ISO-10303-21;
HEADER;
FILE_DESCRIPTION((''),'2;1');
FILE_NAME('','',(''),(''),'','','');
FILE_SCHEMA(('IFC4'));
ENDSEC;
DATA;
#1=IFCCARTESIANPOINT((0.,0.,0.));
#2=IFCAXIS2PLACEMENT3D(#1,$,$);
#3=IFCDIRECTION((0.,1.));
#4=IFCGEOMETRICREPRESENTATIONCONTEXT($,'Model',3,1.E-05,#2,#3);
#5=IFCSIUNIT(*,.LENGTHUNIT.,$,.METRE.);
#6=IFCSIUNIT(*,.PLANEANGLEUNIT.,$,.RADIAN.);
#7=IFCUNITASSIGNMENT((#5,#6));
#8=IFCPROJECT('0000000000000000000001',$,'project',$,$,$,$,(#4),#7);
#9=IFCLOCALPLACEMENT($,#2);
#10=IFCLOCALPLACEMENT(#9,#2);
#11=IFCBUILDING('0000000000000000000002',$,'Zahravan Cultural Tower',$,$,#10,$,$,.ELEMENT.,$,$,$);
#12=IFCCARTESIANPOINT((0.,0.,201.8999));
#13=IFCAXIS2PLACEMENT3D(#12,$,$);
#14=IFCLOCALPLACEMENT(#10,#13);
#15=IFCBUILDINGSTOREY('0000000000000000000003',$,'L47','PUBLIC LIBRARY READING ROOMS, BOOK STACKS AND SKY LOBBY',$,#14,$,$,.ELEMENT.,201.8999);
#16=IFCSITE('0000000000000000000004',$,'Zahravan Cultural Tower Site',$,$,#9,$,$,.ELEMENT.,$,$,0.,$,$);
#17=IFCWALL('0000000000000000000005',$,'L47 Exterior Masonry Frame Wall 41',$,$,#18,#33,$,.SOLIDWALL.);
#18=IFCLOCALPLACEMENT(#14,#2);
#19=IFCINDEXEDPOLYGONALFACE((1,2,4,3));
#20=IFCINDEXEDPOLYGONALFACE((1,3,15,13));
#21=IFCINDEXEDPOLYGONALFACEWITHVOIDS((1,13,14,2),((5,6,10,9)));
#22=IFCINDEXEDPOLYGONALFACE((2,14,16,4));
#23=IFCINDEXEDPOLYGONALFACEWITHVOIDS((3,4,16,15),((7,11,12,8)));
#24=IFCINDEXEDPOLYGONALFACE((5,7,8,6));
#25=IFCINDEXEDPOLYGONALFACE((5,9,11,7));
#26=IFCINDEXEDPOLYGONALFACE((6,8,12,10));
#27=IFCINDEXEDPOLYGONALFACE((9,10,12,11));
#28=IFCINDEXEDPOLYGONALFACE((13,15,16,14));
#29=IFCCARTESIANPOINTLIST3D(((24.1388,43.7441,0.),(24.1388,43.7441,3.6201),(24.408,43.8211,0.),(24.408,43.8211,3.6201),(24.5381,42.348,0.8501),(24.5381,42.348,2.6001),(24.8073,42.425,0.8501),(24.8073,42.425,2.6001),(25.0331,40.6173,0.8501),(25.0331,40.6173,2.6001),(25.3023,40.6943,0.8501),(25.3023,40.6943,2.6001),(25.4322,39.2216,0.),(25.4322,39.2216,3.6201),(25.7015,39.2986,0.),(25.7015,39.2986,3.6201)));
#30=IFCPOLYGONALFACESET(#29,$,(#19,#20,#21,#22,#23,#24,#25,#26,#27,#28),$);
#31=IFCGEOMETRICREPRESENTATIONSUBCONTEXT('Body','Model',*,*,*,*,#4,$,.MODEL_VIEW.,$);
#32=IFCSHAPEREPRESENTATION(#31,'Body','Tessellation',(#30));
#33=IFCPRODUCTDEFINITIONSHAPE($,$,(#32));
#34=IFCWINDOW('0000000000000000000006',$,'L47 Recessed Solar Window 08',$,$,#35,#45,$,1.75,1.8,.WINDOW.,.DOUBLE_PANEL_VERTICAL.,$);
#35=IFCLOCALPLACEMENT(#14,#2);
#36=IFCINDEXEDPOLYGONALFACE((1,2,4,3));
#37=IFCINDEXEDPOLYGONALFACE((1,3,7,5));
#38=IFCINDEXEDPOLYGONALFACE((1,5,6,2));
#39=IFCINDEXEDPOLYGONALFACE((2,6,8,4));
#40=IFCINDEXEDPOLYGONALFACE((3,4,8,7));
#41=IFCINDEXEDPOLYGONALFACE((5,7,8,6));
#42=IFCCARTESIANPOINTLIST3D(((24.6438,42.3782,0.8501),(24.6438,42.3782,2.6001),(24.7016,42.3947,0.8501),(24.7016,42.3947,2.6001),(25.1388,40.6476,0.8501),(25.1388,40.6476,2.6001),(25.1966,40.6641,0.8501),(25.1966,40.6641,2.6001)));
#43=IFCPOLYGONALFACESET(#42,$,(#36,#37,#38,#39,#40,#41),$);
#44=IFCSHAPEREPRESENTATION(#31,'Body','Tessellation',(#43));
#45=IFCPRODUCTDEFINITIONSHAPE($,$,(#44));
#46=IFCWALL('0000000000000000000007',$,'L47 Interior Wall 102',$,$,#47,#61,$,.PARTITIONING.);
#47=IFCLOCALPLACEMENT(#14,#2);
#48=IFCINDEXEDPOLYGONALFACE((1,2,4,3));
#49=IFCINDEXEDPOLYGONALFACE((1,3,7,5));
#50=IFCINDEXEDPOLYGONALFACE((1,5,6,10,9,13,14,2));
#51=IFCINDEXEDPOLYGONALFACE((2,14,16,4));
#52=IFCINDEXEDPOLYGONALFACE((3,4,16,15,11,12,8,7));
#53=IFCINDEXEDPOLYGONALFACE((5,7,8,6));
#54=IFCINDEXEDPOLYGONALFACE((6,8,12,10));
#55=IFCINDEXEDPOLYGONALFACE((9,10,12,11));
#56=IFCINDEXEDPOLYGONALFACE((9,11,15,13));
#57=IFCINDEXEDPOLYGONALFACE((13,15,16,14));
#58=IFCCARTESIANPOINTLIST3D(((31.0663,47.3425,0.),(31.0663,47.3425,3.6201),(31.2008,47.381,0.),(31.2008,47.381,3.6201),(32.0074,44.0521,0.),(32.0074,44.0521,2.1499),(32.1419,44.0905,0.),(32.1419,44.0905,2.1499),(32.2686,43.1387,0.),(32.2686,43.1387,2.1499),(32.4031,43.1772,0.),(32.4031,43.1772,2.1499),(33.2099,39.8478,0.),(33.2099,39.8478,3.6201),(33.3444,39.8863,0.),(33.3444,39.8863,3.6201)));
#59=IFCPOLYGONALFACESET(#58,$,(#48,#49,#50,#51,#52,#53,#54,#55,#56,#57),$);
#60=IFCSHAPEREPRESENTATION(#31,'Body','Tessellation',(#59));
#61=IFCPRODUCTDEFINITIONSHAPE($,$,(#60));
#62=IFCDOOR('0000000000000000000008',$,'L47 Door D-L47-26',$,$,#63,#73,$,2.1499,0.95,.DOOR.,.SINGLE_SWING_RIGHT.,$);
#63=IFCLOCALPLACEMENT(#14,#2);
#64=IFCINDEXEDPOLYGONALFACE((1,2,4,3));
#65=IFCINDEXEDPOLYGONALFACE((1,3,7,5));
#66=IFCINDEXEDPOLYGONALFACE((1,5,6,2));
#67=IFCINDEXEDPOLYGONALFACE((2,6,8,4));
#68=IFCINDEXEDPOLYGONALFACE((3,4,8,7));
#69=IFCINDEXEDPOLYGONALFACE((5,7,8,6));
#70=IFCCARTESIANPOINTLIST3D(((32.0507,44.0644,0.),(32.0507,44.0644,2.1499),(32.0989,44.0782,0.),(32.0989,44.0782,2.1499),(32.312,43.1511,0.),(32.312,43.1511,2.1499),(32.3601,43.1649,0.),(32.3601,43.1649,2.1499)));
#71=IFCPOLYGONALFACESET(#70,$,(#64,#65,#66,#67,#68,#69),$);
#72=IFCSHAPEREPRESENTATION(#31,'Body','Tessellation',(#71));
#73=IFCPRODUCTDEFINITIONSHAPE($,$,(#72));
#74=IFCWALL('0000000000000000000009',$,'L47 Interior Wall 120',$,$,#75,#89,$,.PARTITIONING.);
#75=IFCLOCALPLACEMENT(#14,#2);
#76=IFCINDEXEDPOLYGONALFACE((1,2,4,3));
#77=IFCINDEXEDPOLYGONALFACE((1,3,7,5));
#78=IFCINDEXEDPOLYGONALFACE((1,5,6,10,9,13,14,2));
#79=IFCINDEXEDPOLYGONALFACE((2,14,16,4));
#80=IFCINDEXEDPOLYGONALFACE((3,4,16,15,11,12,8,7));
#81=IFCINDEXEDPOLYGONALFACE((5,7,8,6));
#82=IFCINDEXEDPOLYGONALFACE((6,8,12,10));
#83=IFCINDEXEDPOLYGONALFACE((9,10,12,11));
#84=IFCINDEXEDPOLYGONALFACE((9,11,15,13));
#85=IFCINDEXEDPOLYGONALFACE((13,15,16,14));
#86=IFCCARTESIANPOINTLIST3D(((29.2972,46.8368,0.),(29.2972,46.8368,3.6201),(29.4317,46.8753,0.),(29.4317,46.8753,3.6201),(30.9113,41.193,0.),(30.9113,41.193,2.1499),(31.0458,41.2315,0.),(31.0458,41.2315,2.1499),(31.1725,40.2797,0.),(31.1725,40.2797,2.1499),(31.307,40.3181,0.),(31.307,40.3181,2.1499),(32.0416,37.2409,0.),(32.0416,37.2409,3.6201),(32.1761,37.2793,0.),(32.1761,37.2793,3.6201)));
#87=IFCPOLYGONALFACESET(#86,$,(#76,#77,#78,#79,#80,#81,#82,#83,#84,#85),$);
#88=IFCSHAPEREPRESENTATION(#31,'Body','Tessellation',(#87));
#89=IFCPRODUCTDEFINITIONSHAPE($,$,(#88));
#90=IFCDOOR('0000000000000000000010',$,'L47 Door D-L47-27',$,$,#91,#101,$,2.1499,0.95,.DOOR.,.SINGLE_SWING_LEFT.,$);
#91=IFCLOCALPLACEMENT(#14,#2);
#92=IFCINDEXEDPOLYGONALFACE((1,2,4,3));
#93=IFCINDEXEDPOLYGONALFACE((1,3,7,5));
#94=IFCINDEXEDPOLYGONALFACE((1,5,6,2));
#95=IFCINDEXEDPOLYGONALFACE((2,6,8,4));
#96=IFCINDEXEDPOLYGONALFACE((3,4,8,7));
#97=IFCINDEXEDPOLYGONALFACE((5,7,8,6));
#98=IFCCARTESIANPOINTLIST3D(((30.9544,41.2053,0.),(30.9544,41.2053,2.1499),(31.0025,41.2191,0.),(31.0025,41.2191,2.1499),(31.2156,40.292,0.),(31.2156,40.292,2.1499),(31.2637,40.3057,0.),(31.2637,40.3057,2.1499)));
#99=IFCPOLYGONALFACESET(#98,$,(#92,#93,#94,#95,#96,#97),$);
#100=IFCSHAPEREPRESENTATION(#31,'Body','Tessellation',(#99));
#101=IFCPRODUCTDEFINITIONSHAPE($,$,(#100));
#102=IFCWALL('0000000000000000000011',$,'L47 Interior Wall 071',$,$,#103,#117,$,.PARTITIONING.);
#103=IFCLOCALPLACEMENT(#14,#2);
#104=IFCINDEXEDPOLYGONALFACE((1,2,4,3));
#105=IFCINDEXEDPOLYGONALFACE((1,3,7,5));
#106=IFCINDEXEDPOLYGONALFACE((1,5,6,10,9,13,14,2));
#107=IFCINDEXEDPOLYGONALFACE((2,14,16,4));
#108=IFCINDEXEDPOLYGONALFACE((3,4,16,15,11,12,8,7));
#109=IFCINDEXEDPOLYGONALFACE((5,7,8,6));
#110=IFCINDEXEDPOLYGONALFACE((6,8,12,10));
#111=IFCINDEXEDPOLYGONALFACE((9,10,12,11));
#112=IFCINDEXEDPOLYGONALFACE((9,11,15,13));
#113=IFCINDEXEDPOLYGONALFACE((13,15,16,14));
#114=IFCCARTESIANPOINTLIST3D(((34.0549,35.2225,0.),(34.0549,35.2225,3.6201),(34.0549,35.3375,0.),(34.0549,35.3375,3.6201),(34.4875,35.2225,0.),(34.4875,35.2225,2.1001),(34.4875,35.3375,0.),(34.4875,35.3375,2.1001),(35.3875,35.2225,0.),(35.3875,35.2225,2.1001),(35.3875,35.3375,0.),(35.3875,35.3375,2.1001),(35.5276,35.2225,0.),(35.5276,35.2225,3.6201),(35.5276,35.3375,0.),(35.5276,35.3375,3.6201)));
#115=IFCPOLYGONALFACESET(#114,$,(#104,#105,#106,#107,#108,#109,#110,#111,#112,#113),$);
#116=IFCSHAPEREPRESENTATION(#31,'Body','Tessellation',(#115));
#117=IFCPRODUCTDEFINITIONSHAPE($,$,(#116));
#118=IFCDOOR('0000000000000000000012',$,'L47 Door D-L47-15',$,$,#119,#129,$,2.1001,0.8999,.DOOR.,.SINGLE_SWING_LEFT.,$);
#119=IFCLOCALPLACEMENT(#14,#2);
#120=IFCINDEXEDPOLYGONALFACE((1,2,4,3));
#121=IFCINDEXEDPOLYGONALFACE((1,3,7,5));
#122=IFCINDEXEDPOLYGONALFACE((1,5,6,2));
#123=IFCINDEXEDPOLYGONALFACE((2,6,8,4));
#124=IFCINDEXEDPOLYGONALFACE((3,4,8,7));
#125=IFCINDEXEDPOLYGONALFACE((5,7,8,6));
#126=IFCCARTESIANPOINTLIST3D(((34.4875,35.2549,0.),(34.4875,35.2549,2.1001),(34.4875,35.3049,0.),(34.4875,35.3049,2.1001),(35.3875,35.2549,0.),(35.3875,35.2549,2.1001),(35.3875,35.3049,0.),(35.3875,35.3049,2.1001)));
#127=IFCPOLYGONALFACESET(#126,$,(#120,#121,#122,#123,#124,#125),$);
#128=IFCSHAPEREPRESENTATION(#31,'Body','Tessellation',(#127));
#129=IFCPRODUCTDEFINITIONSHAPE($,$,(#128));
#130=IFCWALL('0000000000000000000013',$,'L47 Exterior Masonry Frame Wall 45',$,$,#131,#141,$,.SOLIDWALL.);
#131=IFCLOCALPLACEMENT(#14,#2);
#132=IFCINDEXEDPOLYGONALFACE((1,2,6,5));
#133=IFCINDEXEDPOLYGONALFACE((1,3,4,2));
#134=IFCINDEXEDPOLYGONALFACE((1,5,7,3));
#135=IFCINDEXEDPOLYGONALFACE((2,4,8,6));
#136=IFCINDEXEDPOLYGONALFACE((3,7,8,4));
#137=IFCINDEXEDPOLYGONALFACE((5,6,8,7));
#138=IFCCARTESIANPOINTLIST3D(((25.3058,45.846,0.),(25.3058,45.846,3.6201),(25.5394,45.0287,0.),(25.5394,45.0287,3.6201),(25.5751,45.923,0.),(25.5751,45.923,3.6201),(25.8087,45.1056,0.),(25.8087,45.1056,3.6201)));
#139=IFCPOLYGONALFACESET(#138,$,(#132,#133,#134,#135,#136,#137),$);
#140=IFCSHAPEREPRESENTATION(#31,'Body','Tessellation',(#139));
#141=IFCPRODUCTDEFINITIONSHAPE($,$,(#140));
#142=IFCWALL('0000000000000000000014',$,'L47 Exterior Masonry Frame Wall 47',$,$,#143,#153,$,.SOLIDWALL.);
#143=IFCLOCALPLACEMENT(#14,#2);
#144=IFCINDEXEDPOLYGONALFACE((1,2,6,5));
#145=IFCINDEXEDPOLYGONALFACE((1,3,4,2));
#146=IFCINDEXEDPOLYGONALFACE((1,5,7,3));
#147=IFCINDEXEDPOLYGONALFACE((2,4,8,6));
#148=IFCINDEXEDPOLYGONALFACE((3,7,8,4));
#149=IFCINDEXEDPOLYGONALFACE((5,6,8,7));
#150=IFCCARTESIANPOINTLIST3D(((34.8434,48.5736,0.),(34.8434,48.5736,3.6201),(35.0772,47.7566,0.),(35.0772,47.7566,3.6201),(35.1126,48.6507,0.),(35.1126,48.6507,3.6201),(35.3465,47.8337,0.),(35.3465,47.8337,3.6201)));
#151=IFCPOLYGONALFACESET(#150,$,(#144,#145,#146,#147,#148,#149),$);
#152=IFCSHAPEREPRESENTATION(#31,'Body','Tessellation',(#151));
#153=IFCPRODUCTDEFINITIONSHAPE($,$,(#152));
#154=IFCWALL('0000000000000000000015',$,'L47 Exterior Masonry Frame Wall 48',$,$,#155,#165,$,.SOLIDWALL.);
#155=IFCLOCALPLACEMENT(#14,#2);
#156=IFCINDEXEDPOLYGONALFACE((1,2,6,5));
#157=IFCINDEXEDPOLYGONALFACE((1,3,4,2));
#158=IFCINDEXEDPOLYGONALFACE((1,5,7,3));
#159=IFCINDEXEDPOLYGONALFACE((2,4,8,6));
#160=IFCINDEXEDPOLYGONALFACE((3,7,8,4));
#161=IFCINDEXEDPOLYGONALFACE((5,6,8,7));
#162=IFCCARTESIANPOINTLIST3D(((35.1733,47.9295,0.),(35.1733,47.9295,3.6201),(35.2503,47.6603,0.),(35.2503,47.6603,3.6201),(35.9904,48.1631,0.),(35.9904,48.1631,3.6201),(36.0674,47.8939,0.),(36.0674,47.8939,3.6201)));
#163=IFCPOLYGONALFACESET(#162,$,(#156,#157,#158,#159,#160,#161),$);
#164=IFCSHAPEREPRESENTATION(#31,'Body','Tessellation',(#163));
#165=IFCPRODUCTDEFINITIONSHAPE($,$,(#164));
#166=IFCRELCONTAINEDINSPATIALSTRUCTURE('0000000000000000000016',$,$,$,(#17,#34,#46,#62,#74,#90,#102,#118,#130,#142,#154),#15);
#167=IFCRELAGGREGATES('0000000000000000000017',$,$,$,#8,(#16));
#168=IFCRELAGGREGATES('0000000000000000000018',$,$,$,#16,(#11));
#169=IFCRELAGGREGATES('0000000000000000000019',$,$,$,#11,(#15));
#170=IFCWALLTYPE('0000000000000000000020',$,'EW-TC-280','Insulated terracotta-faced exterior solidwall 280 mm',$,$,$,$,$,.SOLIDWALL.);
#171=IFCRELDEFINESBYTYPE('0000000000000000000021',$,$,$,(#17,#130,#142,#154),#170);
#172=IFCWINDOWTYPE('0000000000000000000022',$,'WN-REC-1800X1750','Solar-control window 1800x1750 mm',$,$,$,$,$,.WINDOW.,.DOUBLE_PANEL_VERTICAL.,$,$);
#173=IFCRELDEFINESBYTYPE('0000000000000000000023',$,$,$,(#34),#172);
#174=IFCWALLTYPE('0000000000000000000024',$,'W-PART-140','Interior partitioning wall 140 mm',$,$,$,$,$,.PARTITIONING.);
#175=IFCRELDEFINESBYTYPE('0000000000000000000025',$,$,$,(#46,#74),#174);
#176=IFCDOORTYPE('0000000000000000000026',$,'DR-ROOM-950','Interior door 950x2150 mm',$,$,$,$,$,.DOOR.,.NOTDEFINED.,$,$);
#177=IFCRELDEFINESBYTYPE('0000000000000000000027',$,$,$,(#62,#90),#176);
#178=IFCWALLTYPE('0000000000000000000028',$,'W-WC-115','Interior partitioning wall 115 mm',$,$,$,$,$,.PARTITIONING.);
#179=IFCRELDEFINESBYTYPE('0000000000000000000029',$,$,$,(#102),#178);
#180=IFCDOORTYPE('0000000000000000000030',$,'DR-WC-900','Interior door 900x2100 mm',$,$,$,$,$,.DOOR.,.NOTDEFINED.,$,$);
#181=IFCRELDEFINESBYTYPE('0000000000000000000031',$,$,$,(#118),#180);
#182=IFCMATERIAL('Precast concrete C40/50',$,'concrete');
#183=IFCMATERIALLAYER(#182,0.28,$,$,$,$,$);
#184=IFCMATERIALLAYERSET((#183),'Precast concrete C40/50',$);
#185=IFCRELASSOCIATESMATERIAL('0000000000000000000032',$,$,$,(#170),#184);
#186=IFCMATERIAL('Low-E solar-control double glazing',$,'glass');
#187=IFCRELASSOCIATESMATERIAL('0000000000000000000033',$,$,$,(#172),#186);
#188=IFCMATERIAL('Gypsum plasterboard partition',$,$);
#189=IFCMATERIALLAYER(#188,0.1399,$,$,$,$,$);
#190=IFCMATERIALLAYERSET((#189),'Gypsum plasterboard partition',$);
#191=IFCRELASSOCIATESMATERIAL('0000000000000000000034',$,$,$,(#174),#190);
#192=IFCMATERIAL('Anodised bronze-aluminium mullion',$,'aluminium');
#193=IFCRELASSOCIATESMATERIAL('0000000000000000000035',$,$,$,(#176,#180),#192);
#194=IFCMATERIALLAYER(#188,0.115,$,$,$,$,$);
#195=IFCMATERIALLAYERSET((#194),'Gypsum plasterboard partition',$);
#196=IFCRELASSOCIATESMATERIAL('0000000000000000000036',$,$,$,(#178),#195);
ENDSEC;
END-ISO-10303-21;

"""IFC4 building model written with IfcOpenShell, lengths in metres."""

from ifc_helpers import new_model, si_unit, direction, frame, frame_2d, origin, place, context, subcontext, project, spatial, rectangle, extrude, source, transform, mapped, material, layer, layer_set, type_object, element, fill, save


model = new_model("IFC4")

# Units and contexts
model_context = context("Model", 3, precision=1e-05, world=origin(), true_north=direction((0.0, 1.0)))
body_context = subcontext(model_context, "Body", "Model", "MODEL_VIEW")
ifc_project = project(units=[si_unit("LENGTHUNIT", "METRE"), si_unit("PLANEANGLEUNIT", "RADIAN")], contexts=[model_context])

# Site, building, storey
site_placement = place(None, origin())
site = spatial("IfcSite", under=ifc_project, at=site_placement, Name="Zahravan Cultural Tower Site", CompositionType="ELEMENT", RefElevation=0.0)
building_placement = place(site_placement, origin())
building = spatial("IfcBuilding", under=site, at=building_placement, Name="Zahravan Cultural Tower", CompositionType="ELEMENT")
storey_placement = place(building_placement, frame((0.0, 0.0, 201.8999)))
storey = spatial("IfcBuildingStorey", under=building, at=storey_placement, Name="L47", Description="PUBLIC LIBRARY READING ROOMS, BOOK STACKS AND SKY LOBBY", CompositionType="ELEMENT", Elevation=201.8999)

# Wall, opening, window
ifc_material_1 = material(Name="Precast concrete C40/50", Category="concrete")
ifc_layer_1 = layer(ifc_material_1, 0.28)
ifc_layer_set_1 = layer_set([ifc_layer_1], Name="Precast concrete C40/50")
wall_type_1 = type_object("IfcWallType", Name="EW-TC-280", Description="Insulated terracotta-faced exterior solidwall 280 mm", PredefinedType="SOLIDWALL", material=ifc_layer_set_1)
wall_1_placement = place(storey_placement, frame((25.5669, 39.26, 0.0), z_axis=(0.0, 0.0, 1.0), x_axis=(-0.274982, 0.961449, 0.0)))
wall_1 = element("IfcWall", 1, at=wall_1_placement, inside=storey, type_object=wall_type_1, Name="L47 Exterior Masonry Frame Wall 41", PredefinedType="SOLIDWALL", context=body_context, shape_type="SweptSolid", body=[
    extrude(rectangle(XDim=4.7039, YDim=0.28, at=frame_2d((2.3521, 0.0))), origin(), (0.0, 0.0, 1.0), 3.6201),
])
opening_1_placement = place(wall_1_placement, frame((1.4519, 0.0, 0.8501)))
opening_1 = element("IfcOpeningElement", 2, at=opening_1_placement, cuts=wall_1, PredefinedType="OPENING", context=body_context, shape_type="SweptSolid", body=[
    extrude(rectangle(XDim=1.8, YDim=1.75, at=frame_2d((0.8999, 0.875))), frame((0.0, 0.1499, 0.0), z_axis=(0.0, -1.0, 0.0), x_axis=(1.0, 0.0, 0.0)), (0.0, 0.0, 1.0), 0.3),
])
ifc_material_2 = material(Name="Low-E solar-control double glazing", Category="glass")
window_type = type_object("IfcWindowType", Name="WN-REC-1800X1750", Description="Solar-control window 1800x1750 mm", PartitioningType="DOUBLE_PANEL_VERTICAL", PredefinedType="WINDOW", material=ifc_material_2)
shared_shape_1 = source(origin(), body_context, "Body", "SweptSolid", [
    extrude(rectangle(XDim=1.8, YDim=1.75, at=frame_2d((0.8999, 0.875))), frame((0.0, 0.03, 0.0), z_axis=(0.0, -1.0, 0.0), x_axis=(1.0, 0.0, 0.0)), (0.0, 0.0, 1.0), 0.0601),
])
window_placement = place(opening_1_placement, origin())
window = element("IfcWindow", 3, at=window_placement, inside=storey, type_object=window_type, Name="L47 Recessed Solar Window 08", OverallHeight=1.75, OverallWidth=1.8, PartitioningType="DOUBLE_PANEL_VERTICAL", PredefinedType="WINDOW", context=body_context, shape_type="MappedRepresentation", body=[
    mapped(shared_shape_1, transform((0.0, 0.0, 0.0), x_axis=(1.0, 0.0, 0.0), y_axis=(0.0, 1.0, 0.0), z_axis=(0.0, 0.0, 1.0), scale=1.0)),
])
fill(opening_1, window)

# Walls, openings, doors
ifc_material_3 = material(Name="Gypsum plasterboard partition")
ifc_layer_2 = layer(ifc_material_3, 0.1399)
ifc_layer_set_2 = layer_set([ifc_layer_2], Name="Gypsum plasterboard partition")
wall_type_2 = type_object("IfcWallType", Name="W-PART-140", Description="Interior partitioning wall 140 mm", PredefinedType="PARTITIONING", material=ifc_layer_set_2)
wall_2_placement = place(storey_placement, frame((33.2771, 39.8672, 0.0), z_axis=(0.0, 0.0, 1.0), x_axis=(-0.274986, 0.961448, 0.0)))
wall_2 = element("IfcWall", 4, at=wall_2_placement, inside=storey, type_object=wall_type_2, Name="L47 Interior Wall 102", PredefinedType="PARTITIONING", context=body_context, shape_type="SweptSolid", body=[
    extrude(rectangle(XDim=7.7952, YDim=0.1399, at=frame_2d((3.8975, 0.0))), origin(), (0.0, 0.0, 1.0), 3.6201),
])
opening_2_placement = place(wall_2_placement, frame((3.4226, 0.0, 0.0)))
opening_2 = element("IfcOpeningElement", 5, at=opening_2_placement, cuts=wall_2, PredefinedType="OPENING", context=body_context, shape_type="SweptSolid", body=[
    extrude(rectangle(XDim=0.95, YDim=2.1499, at=frame_2d((0.4751, 1.075))), frame((0.0, 0.0798, 0.0), z_axis=(0.0, -1.0, 0.0), x_axis=(1.0, 0.0, 0.0)), (0.0, 0.0, 1.0), 0.1599),
])
ifc_material_4 = material(Name="Anodised bronze-aluminium mullion", Category="aluminium")
door_type_1 = type_object("IfcDoorType", Name="DR-ROOM-950", Description="Interior door 950x2150 mm", OperationType="NOTDEFINED", PredefinedType="DOOR", material=ifc_material_4)
shared_shape_2 = source(origin(), body_context, "Body", "SweptSolid", [
    extrude(rectangle(XDim=0.95, YDim=2.1499, at=frame_2d((0.4751, 1.075))), frame((0.0, 0.0249, 0.0), z_axis=(0.0, -1.0, 0.0), x_axis=(1.0, 0.0, 0.0)), (0.0, 0.0, 1.0), 0.05),
])
door_1_placement = place(opening_2_placement, origin())
door_1 = element("IfcDoor", 6, at=door_1_placement, inside=storey, type_object=door_type_1, Name="L47 Door D-L47-26", OperationType="SINGLE_SWING_RIGHT", OverallHeight=2.1499, OverallWidth=0.95, PredefinedType="DOOR", context=body_context, shape_type="MappedRepresentation", body=[
    mapped(shared_shape_2, transform((0.0, 0.0, 0.0), x_axis=(1.0, 0.0, 0.0), y_axis=(0.0, 1.0, 0.0), z_axis=(0.0, 0.0, 1.0), scale=1.0)),
])
fill(opening_2, door_1)
wall_3_placement = place(storey_placement, frame((29.3645, 46.856, 0.0), z_axis=(0.0, 0.0, 1.0), x_axis=(0.27497, -0.961453, 0.0)))
wall_3 = element("IfcWall", 7, at=wall_3_placement, inside=storey, type_object=wall_type_2, Name="L47 Interior Wall 120", PredefinedType="PARTITIONING", context=body_context, shape_type="SweptSolid", body=[
    extrude(rectangle(XDim=9.9807, YDim=0.1399, at=frame_2d((4.9902, 0.0))), origin(), (0.0, 0.0, 1.0), 3.6201),
])
opening_3_placement = place(wall_3_placement, frame((5.8699, 0.0, 0.0)))
opening_3 = element("IfcOpeningElement", 8, at=opening_3_placement, cuts=wall_3, PredefinedType="OPENING", context=body_context, shape_type="SweptSolid", body=[
    extrude(rectangle(XDim=0.95, YDim=2.1499, at=frame_2d((0.4751, 1.075))), frame((0.0, 0.0798, 0.0), z_axis=(0.0, -1.0, 0.0), x_axis=(1.0, 0.0, 0.0)), (0.0, 0.0, 1.0), 0.1599),
])
door_2_placement = place(opening_3_placement, origin())
door_2 = element("IfcDoor", 9, at=door_2_placement, inside=storey, type_object=door_type_1, Name="L47 Door D-L47-27", OperationType="SINGLE_SWING_LEFT", OverallHeight=2.1499, OverallWidth=0.95, PredefinedType="DOOR", context=body_context, shape_type="MappedRepresentation", body=[
    mapped(shared_shape_2, transform((0.0, 0.0, 0.0), x_axis=(1.0, 0.0, 0.0), y_axis=(0.0, 1.0, 0.0), z_axis=(0.0, 0.0, 1.0), scale=1.0)),
])
fill(opening_3, door_2)
ifc_layer_3 = layer(ifc_material_3, 0.115)
ifc_layer_set_3 = layer_set([ifc_layer_3], Name="Gypsum plasterboard partition")
wall_type_3 = type_object("IfcWallType", Name="W-WC-115", Description="Interior partitioning wall 115 mm", PredefinedType="PARTITIONING", material=ifc_layer_set_3)
wall_4_placement = place(storey_placement, frame((34.0549, 35.28, 0.0), z_axis=(0.0, 0.0, 1.0), x_axis=(1.0, 0.0, 0.0)))
wall_4 = element("IfcWall", 10, at=wall_4_placement, inside=storey, type_object=wall_type_3, Name="L47 Interior Wall 071", PredefinedType="PARTITIONING", context=body_context, shape_type="SweptSolid", body=[
    extrude(rectangle(XDim=1.4727, YDim=0.115, at=frame_2d((0.7363, 0.0))), origin(), (0.0, 0.0, 1.0), 3.6201),
])
opening_4_placement = place(wall_4_placement, frame((0.4326, 0.0, 0.0)))
opening_4 = element("IfcOpeningElement", 11, at=opening_4_placement, cuts=wall_4, PredefinedType="OPENING", context=body_context, shape_type="SweptSolid", body=[
    extrude(rectangle(XDim=0.8999, YDim=2.1001, at=frame_2d((0.45, 1.05))), frame((0.0, 0.0674, 0.0), z_axis=(0.0, -1.0, 0.0), x_axis=(1.0, 0.0, 0.0)), (0.0, 0.0, 1.0), 0.135),
])
door_type_2 = type_object("IfcDoorType", Name="DR-WC-900", Description="Interior door 900x2100 mm", OperationType="NOTDEFINED", PredefinedType="DOOR", material=ifc_material_4)
shared_shape_3 = source(origin(), body_context, "Body", "SweptSolid", [
    extrude(rectangle(XDim=0.8999, YDim=2.1001, at=frame_2d((0.45, 1.05))), frame((0.0, 0.0249, 0.0), z_axis=(0.0, -1.0, 0.0), x_axis=(1.0, 0.0, 0.0)), (0.0, 0.0, 1.0), 0.05),
])
door_3_placement = place(opening_4_placement, origin())
door_3 = element("IfcDoor", 12, at=door_3_placement, inside=storey, type_object=door_type_2, Name="L47 Door D-L47-15", OperationType="SINGLE_SWING_LEFT", OverallHeight=2.1001, OverallWidth=0.8999, PredefinedType="DOOR", context=body_context, shape_type="MappedRepresentation", body=[
    mapped(shared_shape_3, transform((0.0, 0.0, 0.0), x_axis=(1.0, 0.0, 0.0), y_axis=(0.0, 1.0, 0.0), z_axis=(0.0, 0.0, 1.0), scale=1.0)),
])
fill(opening_4, door_3)

# Walls
shared_shape_4 = source(origin(), body_context, "Body", "SweptSolid", [
    extrude(rectangle(XDim=0.8501, YDim=0.28, at=frame_2d((0.425, 0.0))), origin(), (0.0, 0.0, 1.0), 3.6201),
])
wall_5_placement = place(storey_placement, frame((25.6741, 45.0671, 0.0), z_axis=(0.0, 0.0, 1.0), x_axis=(-0.274835, 0.961491, 0.0)))
element("IfcWall", 13, at=wall_5_placement, inside=storey, type_object=wall_type_1, Name="L47 Exterior Masonry Frame Wall 45", PredefinedType="SOLIDWALL", context=body_context, shape_type="MappedRepresentation", body=[
    mapped(shared_shape_4, transform((0.0, 0.0, 0.0), x_axis=(1.0, 0.0, 0.0), y_axis=(0.0, 1.0, 0.0), z_axis=(0.0, 0.0, 1.0), scale=1.0)),
])
shared_shape_5 = source(origin(), body_context, "Body", "SweptSolid", [
    extrude(rectangle(XDim=0.8499, YDim=0.28, at=frame_2d((0.4248, 0.0))), origin(), (0.0, 0.0, 1.0), 3.6201),
])
for number, where, z_axis, x_axis, name in (
    (14, (34.978, 48.6121, 0.0), (0.0, 0.0, 1.0), (0.275176, -0.961394, 0.0), "L47 Exterior Masonry Frame Wall 47"),
    (15, (35.2119, 47.7949, 0.0), (0.0, 0.0, 1.0), (0.96147, 0.274911, 0.0), "L47 Exterior Masonry Frame Wall 48"),
):
    element("IfcWall", number, at=place(storey_placement, frame(where, z_axis=z_axis, x_axis=x_axis)), inside=storey, type_object=wall_type_1, Name=name, PredefinedType="SOLIDWALL", context=body_context, shape_type="MappedRepresentation", body=[
        mapped(shared_shape_5, transform((0.0, 0.0, 0.0), x_axis=(1.0, 0.0, 0.0), y_axis=(0.0, 1.0, 0.0), z_axis=(0.0, 0.0, 1.0), scale=1.0)),
    ])

save(model, "model.ifc")
